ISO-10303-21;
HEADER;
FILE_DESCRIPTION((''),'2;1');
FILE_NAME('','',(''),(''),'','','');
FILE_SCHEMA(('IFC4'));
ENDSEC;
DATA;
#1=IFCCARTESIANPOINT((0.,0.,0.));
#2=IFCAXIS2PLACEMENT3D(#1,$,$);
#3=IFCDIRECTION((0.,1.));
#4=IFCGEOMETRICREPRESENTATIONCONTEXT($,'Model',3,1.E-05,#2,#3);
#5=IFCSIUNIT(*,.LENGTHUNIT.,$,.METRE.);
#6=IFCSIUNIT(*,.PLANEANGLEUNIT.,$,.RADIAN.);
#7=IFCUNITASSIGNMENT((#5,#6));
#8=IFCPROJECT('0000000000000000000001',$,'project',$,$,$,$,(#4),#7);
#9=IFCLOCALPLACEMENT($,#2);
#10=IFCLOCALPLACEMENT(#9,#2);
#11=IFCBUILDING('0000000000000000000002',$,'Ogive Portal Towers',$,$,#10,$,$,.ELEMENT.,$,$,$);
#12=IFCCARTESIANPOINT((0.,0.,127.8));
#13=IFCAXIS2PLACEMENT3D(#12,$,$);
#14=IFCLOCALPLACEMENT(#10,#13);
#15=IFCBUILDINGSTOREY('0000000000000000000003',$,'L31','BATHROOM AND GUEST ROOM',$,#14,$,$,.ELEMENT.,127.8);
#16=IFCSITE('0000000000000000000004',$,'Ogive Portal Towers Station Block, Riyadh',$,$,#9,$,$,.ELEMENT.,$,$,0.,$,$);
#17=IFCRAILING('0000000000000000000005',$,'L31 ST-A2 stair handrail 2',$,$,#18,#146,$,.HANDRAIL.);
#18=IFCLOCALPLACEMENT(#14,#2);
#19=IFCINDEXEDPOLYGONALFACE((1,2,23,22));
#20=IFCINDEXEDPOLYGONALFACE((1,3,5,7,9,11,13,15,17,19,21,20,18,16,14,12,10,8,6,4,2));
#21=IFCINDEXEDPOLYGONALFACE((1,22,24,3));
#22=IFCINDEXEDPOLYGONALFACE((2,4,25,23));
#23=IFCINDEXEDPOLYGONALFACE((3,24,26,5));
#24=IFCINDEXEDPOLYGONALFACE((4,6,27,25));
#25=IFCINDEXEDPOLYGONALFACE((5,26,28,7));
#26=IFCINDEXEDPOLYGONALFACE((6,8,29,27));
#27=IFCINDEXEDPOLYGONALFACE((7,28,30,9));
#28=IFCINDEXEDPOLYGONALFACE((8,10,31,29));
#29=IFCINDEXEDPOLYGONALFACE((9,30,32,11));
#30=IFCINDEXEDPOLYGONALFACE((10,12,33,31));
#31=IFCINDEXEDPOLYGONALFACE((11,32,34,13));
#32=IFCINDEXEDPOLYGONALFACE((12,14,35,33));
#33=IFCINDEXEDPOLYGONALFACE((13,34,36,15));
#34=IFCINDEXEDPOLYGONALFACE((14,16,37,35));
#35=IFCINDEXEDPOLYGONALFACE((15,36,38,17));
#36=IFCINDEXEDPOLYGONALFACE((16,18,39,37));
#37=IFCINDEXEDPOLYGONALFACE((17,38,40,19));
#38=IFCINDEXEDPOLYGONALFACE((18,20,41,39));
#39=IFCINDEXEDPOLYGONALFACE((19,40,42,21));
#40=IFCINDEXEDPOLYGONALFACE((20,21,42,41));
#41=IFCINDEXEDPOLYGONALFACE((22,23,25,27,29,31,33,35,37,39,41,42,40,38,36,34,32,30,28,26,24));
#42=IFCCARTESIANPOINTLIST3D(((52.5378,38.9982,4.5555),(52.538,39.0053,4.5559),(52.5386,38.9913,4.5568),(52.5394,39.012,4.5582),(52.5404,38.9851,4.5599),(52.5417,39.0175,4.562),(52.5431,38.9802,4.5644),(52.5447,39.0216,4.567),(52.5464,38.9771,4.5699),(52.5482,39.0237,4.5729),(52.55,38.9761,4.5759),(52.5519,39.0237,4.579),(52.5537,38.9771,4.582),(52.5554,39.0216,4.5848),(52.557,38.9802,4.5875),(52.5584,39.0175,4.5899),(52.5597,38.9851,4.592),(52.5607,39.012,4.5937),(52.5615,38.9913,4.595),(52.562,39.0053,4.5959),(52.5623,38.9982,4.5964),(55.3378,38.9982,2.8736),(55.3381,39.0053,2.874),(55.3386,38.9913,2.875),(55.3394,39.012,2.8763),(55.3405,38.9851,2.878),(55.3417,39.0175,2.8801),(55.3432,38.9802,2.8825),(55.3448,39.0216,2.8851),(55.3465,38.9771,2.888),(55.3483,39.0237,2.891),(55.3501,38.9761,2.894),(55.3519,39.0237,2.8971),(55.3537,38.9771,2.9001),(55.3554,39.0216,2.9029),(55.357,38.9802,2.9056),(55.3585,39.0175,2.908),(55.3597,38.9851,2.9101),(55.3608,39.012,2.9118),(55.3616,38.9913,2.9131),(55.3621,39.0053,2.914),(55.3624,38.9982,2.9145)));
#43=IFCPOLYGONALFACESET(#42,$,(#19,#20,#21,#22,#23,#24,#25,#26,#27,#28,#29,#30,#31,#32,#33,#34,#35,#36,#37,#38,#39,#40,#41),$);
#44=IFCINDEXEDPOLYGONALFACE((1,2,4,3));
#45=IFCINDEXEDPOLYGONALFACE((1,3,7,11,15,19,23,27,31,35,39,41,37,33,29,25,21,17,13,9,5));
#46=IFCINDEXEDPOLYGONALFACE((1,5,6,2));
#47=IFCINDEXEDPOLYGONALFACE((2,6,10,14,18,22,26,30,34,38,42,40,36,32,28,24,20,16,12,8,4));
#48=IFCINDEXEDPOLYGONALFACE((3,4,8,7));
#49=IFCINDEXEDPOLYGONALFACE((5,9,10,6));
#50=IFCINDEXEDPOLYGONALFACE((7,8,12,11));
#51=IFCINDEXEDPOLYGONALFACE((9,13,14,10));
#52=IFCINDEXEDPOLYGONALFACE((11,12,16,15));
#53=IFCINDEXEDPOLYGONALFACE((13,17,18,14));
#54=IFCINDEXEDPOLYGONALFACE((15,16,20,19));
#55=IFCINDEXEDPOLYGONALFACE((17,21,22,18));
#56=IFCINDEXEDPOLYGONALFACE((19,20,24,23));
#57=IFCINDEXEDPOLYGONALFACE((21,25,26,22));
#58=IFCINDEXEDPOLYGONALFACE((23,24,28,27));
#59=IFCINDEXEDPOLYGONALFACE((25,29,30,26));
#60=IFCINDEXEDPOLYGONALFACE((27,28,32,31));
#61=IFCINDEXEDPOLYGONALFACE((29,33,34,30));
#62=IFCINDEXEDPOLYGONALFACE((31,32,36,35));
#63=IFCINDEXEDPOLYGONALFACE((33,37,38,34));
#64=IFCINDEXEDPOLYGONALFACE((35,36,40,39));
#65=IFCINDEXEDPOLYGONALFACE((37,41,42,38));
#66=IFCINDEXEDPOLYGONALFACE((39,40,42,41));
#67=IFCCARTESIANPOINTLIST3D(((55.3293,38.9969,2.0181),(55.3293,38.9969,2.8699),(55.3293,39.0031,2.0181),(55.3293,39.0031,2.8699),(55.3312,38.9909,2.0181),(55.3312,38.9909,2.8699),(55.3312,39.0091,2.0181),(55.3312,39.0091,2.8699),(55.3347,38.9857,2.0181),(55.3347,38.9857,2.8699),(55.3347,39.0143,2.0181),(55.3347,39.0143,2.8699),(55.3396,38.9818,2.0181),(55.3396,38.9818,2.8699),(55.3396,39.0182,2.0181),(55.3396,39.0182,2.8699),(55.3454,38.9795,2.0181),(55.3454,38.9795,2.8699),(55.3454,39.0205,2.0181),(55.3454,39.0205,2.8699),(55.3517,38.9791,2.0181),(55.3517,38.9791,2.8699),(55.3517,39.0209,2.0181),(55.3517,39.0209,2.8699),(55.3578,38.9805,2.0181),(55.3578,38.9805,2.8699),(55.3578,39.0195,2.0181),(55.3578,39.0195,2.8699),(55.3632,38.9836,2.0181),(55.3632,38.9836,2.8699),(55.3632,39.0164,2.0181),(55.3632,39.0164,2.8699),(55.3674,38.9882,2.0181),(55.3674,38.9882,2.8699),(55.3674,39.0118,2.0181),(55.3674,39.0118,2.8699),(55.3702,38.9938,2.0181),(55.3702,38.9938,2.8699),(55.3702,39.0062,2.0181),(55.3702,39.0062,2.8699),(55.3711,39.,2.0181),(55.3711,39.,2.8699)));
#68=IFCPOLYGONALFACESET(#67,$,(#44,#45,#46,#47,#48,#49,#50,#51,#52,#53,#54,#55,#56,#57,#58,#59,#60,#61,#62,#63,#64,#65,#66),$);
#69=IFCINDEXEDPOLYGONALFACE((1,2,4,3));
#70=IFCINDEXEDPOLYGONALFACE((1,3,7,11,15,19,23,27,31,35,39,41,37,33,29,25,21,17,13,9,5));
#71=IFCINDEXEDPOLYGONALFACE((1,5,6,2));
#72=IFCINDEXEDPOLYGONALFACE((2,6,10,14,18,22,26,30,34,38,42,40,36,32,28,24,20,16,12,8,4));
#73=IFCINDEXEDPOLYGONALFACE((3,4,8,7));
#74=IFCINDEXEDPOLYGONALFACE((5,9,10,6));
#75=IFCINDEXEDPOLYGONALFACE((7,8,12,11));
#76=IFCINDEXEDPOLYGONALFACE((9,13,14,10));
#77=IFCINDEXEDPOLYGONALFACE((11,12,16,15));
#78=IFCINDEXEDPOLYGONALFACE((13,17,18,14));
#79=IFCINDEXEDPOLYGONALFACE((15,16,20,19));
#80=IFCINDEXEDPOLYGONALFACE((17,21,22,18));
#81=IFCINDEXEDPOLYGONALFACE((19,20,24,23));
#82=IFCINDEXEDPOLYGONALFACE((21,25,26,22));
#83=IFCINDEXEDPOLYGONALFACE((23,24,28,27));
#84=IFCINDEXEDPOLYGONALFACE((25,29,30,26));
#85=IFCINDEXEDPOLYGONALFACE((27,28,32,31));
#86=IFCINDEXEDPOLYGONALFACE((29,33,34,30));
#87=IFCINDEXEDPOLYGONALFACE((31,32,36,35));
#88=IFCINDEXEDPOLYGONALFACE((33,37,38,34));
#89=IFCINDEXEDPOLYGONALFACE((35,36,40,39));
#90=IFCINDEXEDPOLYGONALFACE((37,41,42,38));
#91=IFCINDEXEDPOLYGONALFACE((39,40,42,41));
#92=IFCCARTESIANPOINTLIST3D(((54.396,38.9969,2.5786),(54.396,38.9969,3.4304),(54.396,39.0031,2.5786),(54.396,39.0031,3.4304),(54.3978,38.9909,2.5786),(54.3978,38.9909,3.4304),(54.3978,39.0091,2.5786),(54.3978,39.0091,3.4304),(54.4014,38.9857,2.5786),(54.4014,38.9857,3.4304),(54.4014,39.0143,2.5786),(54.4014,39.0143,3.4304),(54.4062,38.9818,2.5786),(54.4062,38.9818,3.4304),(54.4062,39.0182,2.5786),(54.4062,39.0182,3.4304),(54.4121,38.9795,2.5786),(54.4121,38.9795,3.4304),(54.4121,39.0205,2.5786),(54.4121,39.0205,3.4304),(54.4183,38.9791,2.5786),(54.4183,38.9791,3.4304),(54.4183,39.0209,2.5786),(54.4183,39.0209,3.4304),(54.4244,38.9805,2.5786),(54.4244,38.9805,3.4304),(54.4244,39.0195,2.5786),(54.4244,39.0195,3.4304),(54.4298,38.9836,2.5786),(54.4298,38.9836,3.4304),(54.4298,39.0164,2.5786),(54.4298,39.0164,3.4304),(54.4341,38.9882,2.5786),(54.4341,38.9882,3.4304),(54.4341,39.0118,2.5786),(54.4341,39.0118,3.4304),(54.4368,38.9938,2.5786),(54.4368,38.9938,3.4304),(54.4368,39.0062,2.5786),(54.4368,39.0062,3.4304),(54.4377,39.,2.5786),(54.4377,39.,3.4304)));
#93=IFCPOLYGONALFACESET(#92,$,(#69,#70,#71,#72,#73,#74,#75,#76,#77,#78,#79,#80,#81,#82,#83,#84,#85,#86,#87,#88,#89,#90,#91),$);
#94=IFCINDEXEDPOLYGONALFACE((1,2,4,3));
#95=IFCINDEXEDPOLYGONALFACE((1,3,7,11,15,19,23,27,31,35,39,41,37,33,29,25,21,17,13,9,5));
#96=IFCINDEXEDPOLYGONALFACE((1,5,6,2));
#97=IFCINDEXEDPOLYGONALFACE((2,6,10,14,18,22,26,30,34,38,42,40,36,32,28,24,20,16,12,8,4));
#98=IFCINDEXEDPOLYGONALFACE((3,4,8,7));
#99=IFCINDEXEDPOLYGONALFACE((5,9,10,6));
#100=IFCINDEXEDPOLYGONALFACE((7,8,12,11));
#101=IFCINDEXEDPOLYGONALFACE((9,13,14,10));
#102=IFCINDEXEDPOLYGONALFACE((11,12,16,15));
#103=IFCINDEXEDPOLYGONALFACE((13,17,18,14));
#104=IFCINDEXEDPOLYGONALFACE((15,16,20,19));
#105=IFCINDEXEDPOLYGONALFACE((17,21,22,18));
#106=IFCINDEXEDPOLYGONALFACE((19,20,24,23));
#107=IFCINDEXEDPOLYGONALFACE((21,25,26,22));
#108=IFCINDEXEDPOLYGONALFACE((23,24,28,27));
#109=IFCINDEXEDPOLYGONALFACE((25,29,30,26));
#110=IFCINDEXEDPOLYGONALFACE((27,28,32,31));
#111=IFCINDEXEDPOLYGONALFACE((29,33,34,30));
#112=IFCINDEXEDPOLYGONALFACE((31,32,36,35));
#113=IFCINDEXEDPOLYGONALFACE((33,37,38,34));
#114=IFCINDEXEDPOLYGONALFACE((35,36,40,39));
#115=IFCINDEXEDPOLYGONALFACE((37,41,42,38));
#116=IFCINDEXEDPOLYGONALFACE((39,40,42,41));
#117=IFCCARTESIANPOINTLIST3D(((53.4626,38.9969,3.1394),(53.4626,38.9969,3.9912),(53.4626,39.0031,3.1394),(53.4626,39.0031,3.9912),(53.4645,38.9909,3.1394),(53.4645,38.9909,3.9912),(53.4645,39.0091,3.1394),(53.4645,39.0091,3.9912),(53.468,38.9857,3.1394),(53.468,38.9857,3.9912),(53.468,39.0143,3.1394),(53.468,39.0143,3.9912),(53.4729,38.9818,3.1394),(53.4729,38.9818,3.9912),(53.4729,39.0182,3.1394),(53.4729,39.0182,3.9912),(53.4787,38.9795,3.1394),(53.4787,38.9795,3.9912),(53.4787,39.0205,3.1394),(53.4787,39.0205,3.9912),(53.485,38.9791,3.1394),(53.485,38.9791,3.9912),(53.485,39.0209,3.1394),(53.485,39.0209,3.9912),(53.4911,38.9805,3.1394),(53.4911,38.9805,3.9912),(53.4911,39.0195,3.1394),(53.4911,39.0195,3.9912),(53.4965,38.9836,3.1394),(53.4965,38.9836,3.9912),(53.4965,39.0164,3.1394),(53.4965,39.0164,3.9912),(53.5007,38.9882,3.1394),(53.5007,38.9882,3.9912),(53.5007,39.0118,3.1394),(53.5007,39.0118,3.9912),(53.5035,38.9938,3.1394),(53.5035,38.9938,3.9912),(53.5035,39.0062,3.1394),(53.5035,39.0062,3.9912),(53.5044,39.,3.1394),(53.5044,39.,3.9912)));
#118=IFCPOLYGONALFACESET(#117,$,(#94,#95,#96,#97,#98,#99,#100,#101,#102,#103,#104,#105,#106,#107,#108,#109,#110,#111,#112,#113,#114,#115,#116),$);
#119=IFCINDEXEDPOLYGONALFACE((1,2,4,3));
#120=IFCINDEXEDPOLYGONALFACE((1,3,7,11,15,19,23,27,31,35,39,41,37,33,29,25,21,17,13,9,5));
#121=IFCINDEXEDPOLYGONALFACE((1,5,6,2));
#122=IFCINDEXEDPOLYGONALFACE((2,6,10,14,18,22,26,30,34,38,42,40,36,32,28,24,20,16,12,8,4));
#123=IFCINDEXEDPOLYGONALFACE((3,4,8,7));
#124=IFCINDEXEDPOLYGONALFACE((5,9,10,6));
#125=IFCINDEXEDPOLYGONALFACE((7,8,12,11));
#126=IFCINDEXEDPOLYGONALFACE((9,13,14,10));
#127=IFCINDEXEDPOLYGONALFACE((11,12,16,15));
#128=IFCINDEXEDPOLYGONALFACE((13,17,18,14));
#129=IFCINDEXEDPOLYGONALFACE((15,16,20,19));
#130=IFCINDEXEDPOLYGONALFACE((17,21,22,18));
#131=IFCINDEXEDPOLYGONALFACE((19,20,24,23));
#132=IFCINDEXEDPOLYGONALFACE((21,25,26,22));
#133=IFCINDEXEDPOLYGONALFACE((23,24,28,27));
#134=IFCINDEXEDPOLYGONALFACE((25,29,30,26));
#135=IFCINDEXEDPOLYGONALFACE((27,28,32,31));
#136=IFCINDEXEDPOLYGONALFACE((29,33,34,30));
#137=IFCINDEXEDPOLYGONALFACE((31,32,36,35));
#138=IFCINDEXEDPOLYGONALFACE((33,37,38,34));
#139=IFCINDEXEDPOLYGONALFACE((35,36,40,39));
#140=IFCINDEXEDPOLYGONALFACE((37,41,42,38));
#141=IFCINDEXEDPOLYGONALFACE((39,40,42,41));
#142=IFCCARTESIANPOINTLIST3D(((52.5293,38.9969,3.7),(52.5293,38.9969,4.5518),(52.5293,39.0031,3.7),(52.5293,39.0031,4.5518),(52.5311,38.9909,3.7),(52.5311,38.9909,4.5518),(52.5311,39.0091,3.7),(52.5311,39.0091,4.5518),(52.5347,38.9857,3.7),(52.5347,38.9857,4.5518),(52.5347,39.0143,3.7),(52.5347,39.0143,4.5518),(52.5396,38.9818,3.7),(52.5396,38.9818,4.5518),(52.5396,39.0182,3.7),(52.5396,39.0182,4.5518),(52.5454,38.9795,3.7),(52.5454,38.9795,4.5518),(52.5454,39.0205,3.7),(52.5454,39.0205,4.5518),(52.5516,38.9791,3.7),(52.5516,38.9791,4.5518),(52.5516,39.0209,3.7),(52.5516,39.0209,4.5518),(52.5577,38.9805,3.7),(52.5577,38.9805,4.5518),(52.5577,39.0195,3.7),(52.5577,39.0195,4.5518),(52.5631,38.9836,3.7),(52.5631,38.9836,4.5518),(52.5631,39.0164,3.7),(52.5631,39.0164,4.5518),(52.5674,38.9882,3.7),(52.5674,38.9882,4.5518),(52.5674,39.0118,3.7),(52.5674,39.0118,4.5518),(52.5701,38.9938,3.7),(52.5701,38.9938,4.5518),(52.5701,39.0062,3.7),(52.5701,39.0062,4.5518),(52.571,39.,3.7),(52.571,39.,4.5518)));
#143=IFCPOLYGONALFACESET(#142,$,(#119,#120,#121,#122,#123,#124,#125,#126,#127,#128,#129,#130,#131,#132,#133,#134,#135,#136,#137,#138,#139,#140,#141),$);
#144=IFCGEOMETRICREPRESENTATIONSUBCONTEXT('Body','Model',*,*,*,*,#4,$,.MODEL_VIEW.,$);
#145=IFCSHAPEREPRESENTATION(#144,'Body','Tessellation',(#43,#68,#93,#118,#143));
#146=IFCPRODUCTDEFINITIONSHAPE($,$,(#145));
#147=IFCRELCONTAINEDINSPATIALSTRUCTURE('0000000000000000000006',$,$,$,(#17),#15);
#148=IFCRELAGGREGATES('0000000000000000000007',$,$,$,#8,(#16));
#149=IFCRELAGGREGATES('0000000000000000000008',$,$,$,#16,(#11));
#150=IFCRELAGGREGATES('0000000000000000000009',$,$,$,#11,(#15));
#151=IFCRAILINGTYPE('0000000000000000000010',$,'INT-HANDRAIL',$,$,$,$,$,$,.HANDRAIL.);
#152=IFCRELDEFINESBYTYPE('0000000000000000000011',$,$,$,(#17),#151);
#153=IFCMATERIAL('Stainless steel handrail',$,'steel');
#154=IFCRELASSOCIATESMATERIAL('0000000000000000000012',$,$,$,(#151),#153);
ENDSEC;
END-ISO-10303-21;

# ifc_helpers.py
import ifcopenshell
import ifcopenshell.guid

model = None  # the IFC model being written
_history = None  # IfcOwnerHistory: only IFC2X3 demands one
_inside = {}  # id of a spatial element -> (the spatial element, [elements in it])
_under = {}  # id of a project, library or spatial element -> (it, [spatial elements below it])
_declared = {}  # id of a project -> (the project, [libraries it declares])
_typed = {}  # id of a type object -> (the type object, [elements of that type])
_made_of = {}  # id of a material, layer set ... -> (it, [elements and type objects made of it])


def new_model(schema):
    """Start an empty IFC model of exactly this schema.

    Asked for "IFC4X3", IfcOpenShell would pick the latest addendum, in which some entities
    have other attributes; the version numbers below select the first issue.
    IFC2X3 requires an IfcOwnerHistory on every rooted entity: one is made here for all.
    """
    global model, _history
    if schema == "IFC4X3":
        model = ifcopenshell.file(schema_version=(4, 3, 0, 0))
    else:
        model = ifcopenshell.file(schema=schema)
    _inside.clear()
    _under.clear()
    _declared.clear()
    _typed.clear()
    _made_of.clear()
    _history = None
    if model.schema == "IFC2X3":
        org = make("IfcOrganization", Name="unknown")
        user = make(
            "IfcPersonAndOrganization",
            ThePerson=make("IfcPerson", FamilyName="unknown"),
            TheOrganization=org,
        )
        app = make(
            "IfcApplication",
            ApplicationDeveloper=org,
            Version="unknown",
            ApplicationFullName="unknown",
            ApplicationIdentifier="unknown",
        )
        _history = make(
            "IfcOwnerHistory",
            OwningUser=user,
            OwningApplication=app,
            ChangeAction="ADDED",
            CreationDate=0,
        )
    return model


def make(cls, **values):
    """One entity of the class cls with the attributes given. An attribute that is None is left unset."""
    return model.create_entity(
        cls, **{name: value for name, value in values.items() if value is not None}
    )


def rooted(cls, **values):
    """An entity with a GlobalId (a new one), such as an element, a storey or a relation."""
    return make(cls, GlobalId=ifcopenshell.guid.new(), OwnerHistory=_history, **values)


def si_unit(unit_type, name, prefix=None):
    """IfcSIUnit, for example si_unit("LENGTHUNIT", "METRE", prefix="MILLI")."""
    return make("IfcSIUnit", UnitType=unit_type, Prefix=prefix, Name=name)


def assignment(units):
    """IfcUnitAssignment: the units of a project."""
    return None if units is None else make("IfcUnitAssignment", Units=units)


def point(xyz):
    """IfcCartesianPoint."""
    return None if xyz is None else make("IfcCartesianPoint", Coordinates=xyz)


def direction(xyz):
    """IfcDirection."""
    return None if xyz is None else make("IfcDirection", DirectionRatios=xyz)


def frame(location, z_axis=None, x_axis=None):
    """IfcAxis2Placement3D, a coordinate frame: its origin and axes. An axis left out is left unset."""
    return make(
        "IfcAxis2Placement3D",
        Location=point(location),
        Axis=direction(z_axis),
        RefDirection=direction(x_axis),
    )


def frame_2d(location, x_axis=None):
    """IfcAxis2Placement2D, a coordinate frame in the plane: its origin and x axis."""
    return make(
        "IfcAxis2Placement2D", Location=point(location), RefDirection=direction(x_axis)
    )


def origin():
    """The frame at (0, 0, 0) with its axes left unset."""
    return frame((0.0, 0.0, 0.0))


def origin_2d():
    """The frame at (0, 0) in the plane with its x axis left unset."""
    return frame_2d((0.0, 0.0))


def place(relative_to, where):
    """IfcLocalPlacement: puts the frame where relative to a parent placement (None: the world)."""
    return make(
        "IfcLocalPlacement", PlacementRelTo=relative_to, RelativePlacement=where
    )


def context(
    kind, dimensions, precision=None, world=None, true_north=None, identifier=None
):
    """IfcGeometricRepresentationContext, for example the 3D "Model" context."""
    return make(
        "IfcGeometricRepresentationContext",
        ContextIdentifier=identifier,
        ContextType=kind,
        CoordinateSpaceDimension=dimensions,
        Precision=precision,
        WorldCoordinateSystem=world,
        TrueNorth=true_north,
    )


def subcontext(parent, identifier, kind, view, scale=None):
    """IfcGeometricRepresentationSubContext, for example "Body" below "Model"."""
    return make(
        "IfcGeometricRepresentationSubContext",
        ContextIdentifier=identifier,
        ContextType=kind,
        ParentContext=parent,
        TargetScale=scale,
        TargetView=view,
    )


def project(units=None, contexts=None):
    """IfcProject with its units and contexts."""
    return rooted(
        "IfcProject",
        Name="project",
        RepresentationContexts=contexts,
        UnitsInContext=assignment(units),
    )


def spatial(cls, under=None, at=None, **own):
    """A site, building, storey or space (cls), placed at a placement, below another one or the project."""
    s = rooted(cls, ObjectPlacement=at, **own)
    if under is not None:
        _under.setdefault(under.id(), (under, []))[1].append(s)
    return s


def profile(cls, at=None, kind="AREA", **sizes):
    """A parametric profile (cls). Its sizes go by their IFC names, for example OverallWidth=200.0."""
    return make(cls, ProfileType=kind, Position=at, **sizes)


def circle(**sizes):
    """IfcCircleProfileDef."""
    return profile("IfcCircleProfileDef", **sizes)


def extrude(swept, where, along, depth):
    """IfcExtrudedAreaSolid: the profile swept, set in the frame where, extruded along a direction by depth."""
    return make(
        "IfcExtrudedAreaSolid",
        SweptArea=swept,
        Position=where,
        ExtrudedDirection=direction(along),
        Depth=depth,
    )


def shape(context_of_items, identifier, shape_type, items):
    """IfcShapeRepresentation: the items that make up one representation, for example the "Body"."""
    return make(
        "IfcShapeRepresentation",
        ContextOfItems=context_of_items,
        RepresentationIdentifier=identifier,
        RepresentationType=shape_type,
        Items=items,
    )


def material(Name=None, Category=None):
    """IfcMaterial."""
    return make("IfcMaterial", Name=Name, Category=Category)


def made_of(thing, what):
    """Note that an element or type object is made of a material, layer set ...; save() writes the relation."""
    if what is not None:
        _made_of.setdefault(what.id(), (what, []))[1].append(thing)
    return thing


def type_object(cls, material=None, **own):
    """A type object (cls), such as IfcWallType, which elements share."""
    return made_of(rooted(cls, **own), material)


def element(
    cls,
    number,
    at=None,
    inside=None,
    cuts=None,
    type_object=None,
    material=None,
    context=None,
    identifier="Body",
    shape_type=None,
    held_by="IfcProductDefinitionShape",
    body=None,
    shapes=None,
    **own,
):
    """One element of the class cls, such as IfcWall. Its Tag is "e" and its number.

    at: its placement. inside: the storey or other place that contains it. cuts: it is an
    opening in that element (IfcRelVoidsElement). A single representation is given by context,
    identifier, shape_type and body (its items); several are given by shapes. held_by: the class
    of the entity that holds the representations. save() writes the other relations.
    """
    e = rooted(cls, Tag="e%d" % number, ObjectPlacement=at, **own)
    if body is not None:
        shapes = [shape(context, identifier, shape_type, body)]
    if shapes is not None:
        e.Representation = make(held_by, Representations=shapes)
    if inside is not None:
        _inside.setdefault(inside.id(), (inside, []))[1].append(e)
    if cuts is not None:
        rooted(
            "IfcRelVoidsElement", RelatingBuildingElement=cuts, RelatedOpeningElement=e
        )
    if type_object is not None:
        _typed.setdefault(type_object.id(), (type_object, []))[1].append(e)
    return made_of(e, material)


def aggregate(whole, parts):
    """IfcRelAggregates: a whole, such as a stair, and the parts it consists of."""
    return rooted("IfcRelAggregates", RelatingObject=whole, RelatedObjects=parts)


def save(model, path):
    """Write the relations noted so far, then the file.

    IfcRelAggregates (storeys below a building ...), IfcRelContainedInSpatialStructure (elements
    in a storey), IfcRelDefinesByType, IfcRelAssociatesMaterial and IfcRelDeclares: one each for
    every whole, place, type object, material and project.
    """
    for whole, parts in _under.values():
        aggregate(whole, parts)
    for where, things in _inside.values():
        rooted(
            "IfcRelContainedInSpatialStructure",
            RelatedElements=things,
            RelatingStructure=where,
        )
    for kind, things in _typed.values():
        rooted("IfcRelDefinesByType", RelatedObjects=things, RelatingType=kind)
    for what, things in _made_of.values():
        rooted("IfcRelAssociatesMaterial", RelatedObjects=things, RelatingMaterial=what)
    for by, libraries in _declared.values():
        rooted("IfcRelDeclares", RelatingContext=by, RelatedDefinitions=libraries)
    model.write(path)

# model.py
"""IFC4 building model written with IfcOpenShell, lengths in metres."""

from ifc_helpers import new_model, si_unit, direction, frame, origin, origin_2d, place, context, subcontext, project, spatial, circle, extrude, material, type_object, element, save


model = new_model("IFC4")

# Units and contexts
model_context = context("Model", 3, precision=1e-05, world=origin(), true_north=direction((0.0, 1.0)))
body_context = subcontext(model_context, "Body", "Model", "MODEL_VIEW")
ifc_project = project(units=[si_unit("LENGTHUNIT", "METRE"), si_unit("PLANEANGLEUNIT", "RADIAN")], contexts=[model_context])

# Site, building, storey
site_placement = place(None, origin())
site = spatial("IfcSite", under=ifc_project, at=site_placement, Name="Ogive Portal Towers Station Block, Riyadh", CompositionType="ELEMENT", RefElevation=0.0)
building_placement = place(site_placement, origin())
building = spatial("IfcBuilding", under=site, at=building_placement, Name="Ogive Portal Towers", CompositionType="ELEMENT")
storey_placement = place(building_placement, frame((0.0, 0.0, 127.8)))
storey = spatial("IfcBuildingStorey", under=building, at=storey_placement, Name="L31", Description="BATHROOM AND GUEST ROOM", CompositionType="ELEMENT", Elevation=127.8)

# Railing
ifc_material_1 = material(Name="Stainless steel handrail", Category="steel")
railing_type_1 = type_object("IfcRailingType", Name="INT-HANDRAIL", PredefinedType="HANDRAIL", material=ifc_material_1)
railing_1_placement = place(storey_placement, frame((55.3501, 39.0, 2.0181)))
element("IfcRailing", 1, at=railing_1_placement, inside=storey, type_object=railing_type_1, Name="L31 ST-A2 stair handrail 2", PredefinedType="HANDRAIL", context=body_context, shape_type="SweptSolid", body=[
    extrude(circle(Radius=0.0239, at=origin_2d()), frame((0.0, 0.0, 0.876), z_axis=(-0.857242, 0.0, 0.514913), x_axis=(0.0, -1.0, 0.0)), (0.0, 0.0, 1.0), 3.2664),
    extrude(circle(Radius=0.021, at=origin_2d()), origin(), (0.0, 0.0, 1.0), 0.8518),
    extrude(circle(Radius=0.021, at=origin_2d()), frame((-0.9333, 0.0, 0.5605)), (0.0, 0.0, 1.0), 0.8518),
    extrude(circle(Radius=0.021, at=origin_2d()), frame((-1.8667, 0.0, 1.1213)), (0.0, 0.0, 1.0), 0.8518),
    extrude(circle(Radius=0.021, at=origin_2d()), frame((-2.8, 0.0, 1.6819)), (0.0, 0.0, 1.0), 0.8518),
])

save(model, "model.ifc")
